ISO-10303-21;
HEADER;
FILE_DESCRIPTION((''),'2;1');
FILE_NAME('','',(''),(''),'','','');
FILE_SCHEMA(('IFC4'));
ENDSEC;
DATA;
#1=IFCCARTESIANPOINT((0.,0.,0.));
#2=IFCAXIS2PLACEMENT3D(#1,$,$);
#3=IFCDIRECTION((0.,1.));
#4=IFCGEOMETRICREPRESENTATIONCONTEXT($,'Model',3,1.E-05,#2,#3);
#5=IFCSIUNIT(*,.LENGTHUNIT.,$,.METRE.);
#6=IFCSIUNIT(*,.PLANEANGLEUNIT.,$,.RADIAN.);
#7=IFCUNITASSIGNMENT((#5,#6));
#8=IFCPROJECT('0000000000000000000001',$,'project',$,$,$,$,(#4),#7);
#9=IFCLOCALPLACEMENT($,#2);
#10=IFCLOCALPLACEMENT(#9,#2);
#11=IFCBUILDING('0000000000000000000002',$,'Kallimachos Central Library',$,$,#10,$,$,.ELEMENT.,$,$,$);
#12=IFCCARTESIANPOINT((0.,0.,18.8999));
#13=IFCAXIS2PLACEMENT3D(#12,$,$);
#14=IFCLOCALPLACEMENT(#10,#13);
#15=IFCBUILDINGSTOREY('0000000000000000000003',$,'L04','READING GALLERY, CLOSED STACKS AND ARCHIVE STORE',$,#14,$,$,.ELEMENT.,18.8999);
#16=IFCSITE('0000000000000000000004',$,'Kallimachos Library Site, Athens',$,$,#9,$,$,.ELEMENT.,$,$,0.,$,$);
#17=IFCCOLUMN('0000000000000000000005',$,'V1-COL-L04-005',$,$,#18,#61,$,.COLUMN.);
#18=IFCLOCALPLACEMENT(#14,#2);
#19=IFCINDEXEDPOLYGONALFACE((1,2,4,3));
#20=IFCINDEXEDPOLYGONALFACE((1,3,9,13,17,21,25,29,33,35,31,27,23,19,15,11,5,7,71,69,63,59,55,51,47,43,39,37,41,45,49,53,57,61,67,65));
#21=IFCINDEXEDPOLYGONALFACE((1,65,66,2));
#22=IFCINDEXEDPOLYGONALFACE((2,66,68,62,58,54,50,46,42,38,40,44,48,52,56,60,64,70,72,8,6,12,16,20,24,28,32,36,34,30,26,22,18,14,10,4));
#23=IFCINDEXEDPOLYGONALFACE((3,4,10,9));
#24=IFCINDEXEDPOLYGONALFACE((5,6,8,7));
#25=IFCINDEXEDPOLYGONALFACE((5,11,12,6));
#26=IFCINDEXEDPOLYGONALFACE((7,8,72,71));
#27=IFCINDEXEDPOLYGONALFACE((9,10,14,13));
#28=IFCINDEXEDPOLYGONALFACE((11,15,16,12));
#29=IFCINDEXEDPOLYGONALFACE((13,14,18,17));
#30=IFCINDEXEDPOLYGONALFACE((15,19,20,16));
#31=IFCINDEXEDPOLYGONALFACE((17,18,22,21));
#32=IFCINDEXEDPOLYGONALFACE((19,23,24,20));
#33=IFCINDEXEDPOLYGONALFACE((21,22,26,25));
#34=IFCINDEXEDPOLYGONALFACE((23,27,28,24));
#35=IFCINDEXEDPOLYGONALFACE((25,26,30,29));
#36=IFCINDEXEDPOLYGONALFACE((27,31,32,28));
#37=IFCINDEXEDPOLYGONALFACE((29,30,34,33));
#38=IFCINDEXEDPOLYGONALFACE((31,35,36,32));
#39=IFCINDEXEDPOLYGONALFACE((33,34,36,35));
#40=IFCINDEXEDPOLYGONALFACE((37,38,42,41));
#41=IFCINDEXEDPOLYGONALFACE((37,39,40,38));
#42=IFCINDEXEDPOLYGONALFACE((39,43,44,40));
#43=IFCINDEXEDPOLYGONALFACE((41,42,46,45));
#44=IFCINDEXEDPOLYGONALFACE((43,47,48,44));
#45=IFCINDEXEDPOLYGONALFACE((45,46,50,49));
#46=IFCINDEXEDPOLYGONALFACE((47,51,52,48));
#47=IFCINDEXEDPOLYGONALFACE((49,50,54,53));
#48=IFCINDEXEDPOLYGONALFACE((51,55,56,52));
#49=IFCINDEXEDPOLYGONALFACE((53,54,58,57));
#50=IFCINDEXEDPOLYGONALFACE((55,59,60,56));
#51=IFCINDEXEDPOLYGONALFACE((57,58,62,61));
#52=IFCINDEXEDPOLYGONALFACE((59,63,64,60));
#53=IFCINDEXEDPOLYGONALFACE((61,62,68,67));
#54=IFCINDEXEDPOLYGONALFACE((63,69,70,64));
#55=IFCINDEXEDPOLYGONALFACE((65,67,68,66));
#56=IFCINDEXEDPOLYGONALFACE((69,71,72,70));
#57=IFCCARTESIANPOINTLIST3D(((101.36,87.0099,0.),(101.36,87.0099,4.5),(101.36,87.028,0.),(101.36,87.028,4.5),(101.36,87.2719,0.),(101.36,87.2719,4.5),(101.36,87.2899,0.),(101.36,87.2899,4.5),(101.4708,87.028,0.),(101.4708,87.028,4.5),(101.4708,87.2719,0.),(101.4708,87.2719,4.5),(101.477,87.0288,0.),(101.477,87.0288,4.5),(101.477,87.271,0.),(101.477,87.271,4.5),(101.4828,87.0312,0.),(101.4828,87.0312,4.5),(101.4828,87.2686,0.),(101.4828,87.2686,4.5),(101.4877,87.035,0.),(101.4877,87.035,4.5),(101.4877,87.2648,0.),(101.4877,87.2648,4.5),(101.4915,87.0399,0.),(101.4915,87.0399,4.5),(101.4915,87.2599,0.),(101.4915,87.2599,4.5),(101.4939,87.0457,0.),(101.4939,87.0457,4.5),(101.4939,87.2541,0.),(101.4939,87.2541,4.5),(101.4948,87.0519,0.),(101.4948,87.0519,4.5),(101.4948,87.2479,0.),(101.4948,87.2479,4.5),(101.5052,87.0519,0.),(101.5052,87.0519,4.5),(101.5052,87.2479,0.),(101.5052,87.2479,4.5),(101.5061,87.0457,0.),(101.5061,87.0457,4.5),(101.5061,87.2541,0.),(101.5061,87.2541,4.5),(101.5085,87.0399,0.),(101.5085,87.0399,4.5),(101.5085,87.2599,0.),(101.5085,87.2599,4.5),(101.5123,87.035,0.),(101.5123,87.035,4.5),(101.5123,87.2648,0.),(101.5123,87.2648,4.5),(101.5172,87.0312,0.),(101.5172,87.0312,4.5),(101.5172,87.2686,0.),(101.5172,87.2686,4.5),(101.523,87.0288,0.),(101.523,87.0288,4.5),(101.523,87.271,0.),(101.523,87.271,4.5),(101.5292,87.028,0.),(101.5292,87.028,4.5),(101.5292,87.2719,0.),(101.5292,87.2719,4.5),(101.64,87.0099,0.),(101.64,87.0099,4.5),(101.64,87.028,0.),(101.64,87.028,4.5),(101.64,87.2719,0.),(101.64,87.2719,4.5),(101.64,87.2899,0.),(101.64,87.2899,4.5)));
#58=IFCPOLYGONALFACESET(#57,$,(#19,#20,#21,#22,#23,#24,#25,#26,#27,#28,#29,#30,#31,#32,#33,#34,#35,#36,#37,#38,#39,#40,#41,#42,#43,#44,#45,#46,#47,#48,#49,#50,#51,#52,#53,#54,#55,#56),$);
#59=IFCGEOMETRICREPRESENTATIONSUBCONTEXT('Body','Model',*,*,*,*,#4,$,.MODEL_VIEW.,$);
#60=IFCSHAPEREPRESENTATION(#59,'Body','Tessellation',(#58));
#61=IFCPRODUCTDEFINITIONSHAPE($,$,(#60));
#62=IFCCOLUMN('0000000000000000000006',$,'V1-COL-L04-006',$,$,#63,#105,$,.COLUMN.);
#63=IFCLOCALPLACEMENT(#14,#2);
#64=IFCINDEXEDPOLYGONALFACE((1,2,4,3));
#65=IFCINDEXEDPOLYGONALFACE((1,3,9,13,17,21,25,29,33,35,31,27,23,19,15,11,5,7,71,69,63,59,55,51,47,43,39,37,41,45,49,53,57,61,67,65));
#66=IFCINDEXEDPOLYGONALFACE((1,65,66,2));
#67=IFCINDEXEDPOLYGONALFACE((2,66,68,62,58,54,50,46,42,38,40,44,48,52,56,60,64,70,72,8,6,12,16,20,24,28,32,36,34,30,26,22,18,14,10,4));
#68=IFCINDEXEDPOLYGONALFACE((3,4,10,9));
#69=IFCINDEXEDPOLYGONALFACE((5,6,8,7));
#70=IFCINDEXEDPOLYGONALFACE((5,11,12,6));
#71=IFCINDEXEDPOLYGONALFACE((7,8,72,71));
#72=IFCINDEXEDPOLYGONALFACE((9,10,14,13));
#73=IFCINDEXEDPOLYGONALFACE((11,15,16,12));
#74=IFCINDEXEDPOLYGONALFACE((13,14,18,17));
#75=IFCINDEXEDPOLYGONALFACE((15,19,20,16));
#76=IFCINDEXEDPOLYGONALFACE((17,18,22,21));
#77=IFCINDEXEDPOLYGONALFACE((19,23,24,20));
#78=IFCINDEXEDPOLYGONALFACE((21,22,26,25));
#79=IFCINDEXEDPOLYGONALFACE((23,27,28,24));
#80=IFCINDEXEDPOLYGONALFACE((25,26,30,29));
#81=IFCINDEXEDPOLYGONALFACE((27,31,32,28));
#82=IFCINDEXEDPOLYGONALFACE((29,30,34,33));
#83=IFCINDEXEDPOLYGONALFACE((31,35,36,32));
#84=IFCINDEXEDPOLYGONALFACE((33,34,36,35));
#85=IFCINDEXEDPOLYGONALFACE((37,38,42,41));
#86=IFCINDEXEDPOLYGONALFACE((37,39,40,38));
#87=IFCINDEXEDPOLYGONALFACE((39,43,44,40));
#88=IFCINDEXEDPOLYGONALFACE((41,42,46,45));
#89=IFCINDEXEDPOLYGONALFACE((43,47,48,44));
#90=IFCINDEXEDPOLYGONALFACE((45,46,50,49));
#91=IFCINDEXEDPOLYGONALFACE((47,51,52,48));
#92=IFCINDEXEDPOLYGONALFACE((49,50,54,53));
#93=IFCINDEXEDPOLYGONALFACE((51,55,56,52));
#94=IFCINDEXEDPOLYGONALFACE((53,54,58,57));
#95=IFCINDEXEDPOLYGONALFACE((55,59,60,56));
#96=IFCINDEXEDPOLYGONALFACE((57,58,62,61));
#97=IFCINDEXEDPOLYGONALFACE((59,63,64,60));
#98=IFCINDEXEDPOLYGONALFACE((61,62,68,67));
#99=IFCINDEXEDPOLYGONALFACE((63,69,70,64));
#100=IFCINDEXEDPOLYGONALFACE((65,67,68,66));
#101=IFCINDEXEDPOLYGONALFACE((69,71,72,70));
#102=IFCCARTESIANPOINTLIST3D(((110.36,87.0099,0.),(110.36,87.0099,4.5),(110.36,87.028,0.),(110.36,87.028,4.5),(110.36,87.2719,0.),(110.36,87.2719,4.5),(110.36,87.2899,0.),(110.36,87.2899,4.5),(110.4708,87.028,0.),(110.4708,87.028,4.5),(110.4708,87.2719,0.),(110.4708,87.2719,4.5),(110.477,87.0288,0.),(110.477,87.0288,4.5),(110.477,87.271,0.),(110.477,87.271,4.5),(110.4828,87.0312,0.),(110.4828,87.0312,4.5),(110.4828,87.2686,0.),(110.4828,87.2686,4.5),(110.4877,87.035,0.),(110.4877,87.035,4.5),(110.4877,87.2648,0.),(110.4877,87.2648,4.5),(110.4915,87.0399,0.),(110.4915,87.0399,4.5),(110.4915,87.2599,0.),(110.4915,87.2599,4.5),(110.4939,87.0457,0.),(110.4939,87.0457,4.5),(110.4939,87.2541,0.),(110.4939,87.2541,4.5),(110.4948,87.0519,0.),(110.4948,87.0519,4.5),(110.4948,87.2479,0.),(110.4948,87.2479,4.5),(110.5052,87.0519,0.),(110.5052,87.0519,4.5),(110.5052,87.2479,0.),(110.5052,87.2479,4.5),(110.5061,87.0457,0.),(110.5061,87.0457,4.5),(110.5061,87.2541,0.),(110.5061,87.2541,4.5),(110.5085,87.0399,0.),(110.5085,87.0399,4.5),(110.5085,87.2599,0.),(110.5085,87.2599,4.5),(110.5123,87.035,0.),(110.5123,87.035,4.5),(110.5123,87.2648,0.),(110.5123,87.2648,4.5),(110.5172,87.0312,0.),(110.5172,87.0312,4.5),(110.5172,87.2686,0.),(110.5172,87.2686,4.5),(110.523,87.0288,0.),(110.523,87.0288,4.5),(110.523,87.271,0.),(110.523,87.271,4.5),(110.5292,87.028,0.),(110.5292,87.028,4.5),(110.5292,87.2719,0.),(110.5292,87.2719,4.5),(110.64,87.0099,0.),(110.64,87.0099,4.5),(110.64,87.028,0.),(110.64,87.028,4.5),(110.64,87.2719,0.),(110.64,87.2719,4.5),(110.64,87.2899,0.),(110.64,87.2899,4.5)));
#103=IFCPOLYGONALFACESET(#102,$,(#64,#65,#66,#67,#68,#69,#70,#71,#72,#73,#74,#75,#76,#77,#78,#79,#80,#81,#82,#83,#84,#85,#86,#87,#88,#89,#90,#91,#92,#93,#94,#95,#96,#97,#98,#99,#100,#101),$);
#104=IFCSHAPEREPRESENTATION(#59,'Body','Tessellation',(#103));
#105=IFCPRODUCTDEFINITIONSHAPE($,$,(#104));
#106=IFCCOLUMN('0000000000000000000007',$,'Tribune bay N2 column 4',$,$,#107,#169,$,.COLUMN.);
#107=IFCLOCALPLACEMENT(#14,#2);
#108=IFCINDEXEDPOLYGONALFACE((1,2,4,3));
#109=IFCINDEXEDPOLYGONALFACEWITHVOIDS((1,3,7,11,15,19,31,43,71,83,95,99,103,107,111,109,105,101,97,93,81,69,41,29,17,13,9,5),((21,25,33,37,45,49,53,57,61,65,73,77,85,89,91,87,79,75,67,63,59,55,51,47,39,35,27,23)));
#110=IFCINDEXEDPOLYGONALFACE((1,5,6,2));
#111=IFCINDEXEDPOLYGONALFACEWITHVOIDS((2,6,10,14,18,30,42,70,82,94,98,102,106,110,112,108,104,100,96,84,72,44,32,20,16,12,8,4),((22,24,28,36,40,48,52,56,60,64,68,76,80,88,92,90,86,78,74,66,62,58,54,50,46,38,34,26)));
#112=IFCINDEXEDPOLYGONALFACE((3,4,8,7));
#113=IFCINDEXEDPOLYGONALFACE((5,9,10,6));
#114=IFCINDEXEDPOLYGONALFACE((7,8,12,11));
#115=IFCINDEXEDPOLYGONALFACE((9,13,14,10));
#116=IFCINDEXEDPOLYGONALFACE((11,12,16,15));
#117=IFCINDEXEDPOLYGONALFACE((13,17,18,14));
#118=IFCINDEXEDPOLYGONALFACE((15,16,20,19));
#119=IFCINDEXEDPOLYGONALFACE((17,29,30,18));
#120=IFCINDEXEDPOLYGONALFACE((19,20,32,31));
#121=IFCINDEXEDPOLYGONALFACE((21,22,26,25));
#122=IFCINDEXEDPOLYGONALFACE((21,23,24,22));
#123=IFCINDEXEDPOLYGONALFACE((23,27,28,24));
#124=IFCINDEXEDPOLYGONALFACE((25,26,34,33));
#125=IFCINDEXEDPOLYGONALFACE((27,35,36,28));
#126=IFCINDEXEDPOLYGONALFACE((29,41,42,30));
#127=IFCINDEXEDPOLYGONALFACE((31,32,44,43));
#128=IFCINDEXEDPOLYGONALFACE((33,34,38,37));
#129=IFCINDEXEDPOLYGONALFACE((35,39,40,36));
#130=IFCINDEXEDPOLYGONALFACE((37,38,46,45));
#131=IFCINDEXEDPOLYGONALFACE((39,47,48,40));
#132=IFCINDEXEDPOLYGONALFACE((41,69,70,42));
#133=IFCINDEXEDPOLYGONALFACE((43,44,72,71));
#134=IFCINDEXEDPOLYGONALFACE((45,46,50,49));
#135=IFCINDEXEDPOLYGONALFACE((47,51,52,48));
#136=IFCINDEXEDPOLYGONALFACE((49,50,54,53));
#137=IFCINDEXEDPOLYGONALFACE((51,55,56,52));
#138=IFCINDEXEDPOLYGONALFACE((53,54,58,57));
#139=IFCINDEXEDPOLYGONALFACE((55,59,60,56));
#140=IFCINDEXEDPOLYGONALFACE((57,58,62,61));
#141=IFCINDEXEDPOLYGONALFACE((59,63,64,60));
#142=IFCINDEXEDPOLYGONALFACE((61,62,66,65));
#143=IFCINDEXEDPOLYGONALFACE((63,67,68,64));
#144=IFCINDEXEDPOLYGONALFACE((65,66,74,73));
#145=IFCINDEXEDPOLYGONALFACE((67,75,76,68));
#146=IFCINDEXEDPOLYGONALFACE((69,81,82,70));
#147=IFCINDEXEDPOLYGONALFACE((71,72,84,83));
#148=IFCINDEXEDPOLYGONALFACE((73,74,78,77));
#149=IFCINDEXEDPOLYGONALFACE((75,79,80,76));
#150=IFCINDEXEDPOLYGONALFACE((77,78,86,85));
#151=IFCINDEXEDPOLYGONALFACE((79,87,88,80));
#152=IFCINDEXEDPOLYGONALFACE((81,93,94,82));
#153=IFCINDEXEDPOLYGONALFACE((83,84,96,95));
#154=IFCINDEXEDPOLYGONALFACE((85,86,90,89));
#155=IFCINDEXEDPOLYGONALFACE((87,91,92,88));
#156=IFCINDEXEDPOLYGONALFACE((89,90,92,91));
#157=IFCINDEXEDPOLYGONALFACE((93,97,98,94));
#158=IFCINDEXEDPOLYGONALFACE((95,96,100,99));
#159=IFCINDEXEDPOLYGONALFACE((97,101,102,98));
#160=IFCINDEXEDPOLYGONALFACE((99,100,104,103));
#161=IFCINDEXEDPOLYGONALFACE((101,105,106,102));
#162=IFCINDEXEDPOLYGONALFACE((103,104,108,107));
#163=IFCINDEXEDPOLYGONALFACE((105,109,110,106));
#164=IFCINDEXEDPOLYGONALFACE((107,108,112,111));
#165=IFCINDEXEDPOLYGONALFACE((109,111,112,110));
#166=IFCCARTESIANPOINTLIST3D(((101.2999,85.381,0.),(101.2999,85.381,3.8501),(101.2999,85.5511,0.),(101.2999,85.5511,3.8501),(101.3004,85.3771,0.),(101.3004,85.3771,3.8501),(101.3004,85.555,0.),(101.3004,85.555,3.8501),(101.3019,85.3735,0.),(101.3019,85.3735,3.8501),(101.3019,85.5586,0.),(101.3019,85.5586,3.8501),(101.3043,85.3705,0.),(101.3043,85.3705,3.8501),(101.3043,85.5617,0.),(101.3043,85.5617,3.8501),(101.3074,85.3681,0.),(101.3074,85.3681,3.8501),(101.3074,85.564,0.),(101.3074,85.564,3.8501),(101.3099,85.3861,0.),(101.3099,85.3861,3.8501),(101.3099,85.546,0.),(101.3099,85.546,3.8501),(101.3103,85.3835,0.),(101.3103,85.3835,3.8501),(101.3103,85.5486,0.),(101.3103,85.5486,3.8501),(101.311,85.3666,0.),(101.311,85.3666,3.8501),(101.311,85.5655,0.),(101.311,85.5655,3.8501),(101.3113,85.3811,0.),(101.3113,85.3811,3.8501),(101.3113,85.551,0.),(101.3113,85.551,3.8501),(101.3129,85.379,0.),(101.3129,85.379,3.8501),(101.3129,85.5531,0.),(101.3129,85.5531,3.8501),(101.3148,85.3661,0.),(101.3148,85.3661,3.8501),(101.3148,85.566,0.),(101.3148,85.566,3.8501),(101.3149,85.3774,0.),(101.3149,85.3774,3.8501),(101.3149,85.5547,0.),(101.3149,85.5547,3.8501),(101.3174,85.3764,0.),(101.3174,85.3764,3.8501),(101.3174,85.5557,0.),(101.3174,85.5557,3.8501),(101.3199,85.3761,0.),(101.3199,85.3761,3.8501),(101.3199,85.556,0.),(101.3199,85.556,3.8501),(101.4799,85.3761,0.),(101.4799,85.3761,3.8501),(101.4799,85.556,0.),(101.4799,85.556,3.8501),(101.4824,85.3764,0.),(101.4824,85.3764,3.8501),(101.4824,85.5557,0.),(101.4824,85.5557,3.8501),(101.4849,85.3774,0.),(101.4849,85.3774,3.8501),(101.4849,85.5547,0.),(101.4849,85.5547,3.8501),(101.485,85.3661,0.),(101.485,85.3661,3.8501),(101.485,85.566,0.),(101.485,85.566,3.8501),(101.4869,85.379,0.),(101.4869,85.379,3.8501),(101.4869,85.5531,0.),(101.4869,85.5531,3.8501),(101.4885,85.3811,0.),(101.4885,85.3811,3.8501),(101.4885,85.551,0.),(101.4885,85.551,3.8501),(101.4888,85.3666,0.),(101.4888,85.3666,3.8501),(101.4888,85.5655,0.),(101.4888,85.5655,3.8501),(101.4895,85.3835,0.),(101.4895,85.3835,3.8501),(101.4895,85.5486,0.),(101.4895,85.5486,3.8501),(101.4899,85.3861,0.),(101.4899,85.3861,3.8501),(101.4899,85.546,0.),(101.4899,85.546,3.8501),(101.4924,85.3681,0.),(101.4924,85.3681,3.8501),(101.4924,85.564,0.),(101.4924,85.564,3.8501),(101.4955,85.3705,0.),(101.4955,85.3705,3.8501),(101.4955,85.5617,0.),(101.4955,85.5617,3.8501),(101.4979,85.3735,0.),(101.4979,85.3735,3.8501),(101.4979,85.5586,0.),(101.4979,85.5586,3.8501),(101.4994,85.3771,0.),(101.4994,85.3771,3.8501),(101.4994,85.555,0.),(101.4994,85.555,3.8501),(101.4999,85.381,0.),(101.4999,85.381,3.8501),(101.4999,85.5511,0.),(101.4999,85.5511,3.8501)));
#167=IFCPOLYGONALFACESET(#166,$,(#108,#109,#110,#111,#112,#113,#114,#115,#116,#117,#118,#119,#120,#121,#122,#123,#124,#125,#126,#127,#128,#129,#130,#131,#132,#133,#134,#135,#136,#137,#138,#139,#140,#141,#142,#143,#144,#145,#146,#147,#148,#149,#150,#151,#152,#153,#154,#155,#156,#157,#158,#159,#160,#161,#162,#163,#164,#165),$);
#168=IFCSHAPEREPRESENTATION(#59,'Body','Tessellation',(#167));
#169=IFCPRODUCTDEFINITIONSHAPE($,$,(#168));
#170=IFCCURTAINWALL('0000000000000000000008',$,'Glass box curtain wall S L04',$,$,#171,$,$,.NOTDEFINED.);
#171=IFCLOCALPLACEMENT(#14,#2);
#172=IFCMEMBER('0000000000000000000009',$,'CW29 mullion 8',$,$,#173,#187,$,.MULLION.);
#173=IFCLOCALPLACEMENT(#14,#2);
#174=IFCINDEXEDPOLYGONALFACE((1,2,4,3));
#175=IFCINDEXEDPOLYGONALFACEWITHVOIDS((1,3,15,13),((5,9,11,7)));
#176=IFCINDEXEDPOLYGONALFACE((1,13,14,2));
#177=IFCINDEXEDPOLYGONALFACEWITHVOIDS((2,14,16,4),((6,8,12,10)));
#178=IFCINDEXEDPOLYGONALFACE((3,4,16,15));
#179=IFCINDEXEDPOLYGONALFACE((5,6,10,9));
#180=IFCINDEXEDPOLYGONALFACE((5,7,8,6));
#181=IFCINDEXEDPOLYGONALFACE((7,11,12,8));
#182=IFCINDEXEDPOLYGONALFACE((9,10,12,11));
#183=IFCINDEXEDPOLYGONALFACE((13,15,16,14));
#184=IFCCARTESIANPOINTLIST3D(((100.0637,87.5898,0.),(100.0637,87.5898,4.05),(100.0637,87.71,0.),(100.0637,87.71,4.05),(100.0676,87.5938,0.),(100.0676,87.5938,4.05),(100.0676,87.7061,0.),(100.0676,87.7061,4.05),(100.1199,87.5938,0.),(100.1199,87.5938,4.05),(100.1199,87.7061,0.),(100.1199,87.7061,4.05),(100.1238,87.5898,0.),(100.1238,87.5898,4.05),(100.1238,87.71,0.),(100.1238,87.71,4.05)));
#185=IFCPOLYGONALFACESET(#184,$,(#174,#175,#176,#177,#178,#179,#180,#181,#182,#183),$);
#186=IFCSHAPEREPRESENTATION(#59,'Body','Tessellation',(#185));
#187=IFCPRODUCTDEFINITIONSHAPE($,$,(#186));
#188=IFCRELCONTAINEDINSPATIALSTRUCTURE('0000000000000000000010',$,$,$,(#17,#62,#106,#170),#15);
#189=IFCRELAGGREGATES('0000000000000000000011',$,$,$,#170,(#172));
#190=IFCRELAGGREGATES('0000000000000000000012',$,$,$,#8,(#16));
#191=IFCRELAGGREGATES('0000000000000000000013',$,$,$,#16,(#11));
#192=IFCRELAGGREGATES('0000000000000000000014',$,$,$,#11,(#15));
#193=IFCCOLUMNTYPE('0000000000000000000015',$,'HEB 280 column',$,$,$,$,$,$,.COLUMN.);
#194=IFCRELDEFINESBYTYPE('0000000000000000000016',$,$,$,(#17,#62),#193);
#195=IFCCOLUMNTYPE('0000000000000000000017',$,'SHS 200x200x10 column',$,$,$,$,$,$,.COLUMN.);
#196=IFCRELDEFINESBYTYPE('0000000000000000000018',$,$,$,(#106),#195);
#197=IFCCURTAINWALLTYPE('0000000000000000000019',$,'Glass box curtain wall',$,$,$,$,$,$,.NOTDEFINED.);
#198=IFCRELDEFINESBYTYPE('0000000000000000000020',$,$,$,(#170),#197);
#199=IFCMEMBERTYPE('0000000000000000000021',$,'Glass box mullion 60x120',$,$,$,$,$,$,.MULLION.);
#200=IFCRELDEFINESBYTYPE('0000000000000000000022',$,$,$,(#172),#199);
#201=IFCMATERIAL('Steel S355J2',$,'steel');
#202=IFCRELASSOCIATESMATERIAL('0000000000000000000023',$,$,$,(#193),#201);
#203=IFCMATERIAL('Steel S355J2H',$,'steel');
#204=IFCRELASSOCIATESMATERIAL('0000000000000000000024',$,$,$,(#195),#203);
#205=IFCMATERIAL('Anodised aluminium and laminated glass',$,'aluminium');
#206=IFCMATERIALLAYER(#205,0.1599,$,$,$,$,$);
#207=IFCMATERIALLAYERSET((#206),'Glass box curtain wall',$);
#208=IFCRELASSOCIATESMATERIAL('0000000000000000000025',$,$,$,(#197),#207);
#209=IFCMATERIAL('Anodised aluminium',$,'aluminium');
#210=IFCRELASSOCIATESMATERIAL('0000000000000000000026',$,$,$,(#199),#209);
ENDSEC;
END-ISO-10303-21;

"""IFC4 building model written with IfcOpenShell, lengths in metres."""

from ifc_helpers import new_model, si_unit, direction, frame, origin, origin_2d, place, context, subcontext, project, spatial, hollow_rectangle, i_section, extrude, material, layer, layer_set, material_profile, profile_set, type_object, element, aggregate, save


model = new_model("IFC4")

# Units and contexts
model_context = context("Model", 3, precision=1e-05, world=origin(), true_north=direction((0.0, 1.0)))
body_context = subcontext(model_context, "Body", "Model", "MODEL_VIEW")
ifc_project = project(units=[si_unit("LENGTHUNIT", "METRE"), si_unit("PLANEANGLEUNIT", "RADIAN")], contexts=[model_context])

# Site, building, storey
site_placement = place(None, origin())
site = spatial("IfcSite", under=ifc_project, at=site_placement, Name="Kallimachos Library Site, Athens", CompositionType="ELEMENT", RefElevation=0.0)
building_placement = place(site_placement, origin())
building = spatial("IfcBuilding", under=site, at=building_placement, Name="Kallimachos Central Library", CompositionType="ELEMENT")
storey_placement = place(building_placement, frame((0.0, 0.0, 18.8999)))
storey = spatial("IfcBuildingStorey", under=building, at=storey_placement, Name="L04", Description="READING GALLERY, CLOSED STACKS AND ARCHIVE STORE", CompositionType="ELEMENT", Elevation=18.8999)

# Columns
ifc_material_1 = material(Name="Steel S355J2", Category="steel")
ifc_material_profile_1 = material_profile(ifc_material_1, i_section(OverallWidth=0.28, OverallDepth=0.28, WebThickness=0.0105, FlangeThickness=0.0181, FilletRadius=0.0239, at=origin_2d()), Name="HEB 280")
ifc_profile_set_1 = profile_set([ifc_material_profile_1], Name="Steel S355J2")
column_type_1 = type_object("IfcColumnType", Name="HEB 280 column", PredefinedType="COLUMN", material=ifc_profile_set_1)
for number, where, z_axis, x_axis, name in (
    (1, (101.5, 87.1499, 0.0), (0.0, 0.0, 1.0), (1.0, 0.0, 0.0), "V1-COL-L04-005"),
    (2, (110.5, 87.1499, 0.0), (0.0, 0.0, 1.0), (1.0, 0.0, 0.0), "V1-COL-L04-006"),
):
    element("IfcColumn", number, at=place(storey_placement, frame(where, z_axis=z_axis, x_axis=x_axis)), inside=storey, type_object=column_type_1, Name=name, PredefinedType="COLUMN", context=body_context, shape_type="SweptSolid", body=[
        extrude(i_section(OverallWidth=0.28, OverallDepth=0.28, WebThickness=0.0105, FlangeThickness=0.0181, FilletRadius=0.0239, at=origin_2d()), origin(), (0.0, 0.0, 1.0), 4.5),
    ])
ifc_material_2 = material(Name="Steel S355J2H", Category="steel")
ifc_material_profile_2 = material_profile(ifc_material_2, hollow_rectangle(XDim=0.2, YDim=0.2, WallThickness=0.01, InnerFilletRadius=0.01, OuterFilletRadius=0.0149, at=origin_2d()), Name="SHS 200x200x10")
ifc_profile_set_2 = profile_set([ifc_material_profile_2], Name="Steel S355J2H")
column_type_2 = type_object("IfcColumnType", Name="SHS 200x200x10 column", PredefinedType="COLUMN", material=ifc_profile_set_2)
column_placement = place(storey_placement, frame((101.3999, 85.4661, 0.0), z_axis=(0.0, 0.0, 1.0), x_axis=(1.0, 0.0, 0.0)))
element("IfcColumn", 3, at=column_placement, inside=storey, type_object=column_type_2, Name="Tribune bay N2 column 4", PredefinedType="COLUMN", context=body_context, shape_type="SweptSolid", body=[
    extrude(hollow_rectangle(XDim=0.2, YDim=0.2, WallThickness=0.01, InnerFilletRadius=0.01, OuterFilletRadius=0.0149, at=origin_2d()), origin(), (0.0, 0.0, 1.0), 3.8501),
])

# Curtain wall, member
ifc_material_3 = material(Name="Anodised aluminium and laminated glass", Category="aluminium")
ifc_layer_1 = layer(ifc_material_3, 0.1599)
ifc_layer_set_1 = layer_set([ifc_layer_1], Name="Glass box curtain wall")
curtain_wall_type_1 = type_object("IfcCurtainWallType", Name="Glass box curtain wall", PredefinedType="NOTDEFINED", material=ifc_layer_set_1)
curtain_wall_1_placement = place(storey_placement, origin())
curtain_wall_1 = element("IfcCurtainWall", 4, at=curtain_wall_1_placement, inside=storey, type_object=curtain_wall_type_1, Name="Glass box curtain wall S L04", PredefinedType="NOTDEFINED")
ifc_material_4 = material(Name="Anodised aluminium", Category="aluminium")
ifc_material_profile_3 = material_profile(ifc_material_4, hollow_rectangle(XDim=0.0601, YDim=0.1201, WallThickness=0.0039, at=origin_2d()), Name="ALU MULLION 60x120")
ifc_profile_set_3 = profile_set([ifc_material_profile_3], Name="Anodised aluminium")
member_type_1 = type_object("IfcMemberType", Name="Glass box mullion 60x120", PredefinedType="MULLION", material=ifc_profile_set_3)
member_1_placement = place(storey_placement, frame((100.0938, 87.6499, 0.0), z_axis=(0.0, 0.0, 1.0), x_axis=(1.0, 0.0, 0.0)))
member_1 = element("IfcMember", 5, at=member_1_placement, type_object=member_type_1, Name="CW29 mullion 8", PredefinedType="MULLION", context=body_context, shape_type="SweptSolid", body=[
    extrude(hollow_rectangle(XDim=0.0601, YDim=0.1201, WallThickness=0.0039, at=origin_2d()), origin(), (0.0, 0.0, 1.0), 4.05),
])

aggregate(curtain_wall_1, [member_1])

save(model, "model.ifc")
